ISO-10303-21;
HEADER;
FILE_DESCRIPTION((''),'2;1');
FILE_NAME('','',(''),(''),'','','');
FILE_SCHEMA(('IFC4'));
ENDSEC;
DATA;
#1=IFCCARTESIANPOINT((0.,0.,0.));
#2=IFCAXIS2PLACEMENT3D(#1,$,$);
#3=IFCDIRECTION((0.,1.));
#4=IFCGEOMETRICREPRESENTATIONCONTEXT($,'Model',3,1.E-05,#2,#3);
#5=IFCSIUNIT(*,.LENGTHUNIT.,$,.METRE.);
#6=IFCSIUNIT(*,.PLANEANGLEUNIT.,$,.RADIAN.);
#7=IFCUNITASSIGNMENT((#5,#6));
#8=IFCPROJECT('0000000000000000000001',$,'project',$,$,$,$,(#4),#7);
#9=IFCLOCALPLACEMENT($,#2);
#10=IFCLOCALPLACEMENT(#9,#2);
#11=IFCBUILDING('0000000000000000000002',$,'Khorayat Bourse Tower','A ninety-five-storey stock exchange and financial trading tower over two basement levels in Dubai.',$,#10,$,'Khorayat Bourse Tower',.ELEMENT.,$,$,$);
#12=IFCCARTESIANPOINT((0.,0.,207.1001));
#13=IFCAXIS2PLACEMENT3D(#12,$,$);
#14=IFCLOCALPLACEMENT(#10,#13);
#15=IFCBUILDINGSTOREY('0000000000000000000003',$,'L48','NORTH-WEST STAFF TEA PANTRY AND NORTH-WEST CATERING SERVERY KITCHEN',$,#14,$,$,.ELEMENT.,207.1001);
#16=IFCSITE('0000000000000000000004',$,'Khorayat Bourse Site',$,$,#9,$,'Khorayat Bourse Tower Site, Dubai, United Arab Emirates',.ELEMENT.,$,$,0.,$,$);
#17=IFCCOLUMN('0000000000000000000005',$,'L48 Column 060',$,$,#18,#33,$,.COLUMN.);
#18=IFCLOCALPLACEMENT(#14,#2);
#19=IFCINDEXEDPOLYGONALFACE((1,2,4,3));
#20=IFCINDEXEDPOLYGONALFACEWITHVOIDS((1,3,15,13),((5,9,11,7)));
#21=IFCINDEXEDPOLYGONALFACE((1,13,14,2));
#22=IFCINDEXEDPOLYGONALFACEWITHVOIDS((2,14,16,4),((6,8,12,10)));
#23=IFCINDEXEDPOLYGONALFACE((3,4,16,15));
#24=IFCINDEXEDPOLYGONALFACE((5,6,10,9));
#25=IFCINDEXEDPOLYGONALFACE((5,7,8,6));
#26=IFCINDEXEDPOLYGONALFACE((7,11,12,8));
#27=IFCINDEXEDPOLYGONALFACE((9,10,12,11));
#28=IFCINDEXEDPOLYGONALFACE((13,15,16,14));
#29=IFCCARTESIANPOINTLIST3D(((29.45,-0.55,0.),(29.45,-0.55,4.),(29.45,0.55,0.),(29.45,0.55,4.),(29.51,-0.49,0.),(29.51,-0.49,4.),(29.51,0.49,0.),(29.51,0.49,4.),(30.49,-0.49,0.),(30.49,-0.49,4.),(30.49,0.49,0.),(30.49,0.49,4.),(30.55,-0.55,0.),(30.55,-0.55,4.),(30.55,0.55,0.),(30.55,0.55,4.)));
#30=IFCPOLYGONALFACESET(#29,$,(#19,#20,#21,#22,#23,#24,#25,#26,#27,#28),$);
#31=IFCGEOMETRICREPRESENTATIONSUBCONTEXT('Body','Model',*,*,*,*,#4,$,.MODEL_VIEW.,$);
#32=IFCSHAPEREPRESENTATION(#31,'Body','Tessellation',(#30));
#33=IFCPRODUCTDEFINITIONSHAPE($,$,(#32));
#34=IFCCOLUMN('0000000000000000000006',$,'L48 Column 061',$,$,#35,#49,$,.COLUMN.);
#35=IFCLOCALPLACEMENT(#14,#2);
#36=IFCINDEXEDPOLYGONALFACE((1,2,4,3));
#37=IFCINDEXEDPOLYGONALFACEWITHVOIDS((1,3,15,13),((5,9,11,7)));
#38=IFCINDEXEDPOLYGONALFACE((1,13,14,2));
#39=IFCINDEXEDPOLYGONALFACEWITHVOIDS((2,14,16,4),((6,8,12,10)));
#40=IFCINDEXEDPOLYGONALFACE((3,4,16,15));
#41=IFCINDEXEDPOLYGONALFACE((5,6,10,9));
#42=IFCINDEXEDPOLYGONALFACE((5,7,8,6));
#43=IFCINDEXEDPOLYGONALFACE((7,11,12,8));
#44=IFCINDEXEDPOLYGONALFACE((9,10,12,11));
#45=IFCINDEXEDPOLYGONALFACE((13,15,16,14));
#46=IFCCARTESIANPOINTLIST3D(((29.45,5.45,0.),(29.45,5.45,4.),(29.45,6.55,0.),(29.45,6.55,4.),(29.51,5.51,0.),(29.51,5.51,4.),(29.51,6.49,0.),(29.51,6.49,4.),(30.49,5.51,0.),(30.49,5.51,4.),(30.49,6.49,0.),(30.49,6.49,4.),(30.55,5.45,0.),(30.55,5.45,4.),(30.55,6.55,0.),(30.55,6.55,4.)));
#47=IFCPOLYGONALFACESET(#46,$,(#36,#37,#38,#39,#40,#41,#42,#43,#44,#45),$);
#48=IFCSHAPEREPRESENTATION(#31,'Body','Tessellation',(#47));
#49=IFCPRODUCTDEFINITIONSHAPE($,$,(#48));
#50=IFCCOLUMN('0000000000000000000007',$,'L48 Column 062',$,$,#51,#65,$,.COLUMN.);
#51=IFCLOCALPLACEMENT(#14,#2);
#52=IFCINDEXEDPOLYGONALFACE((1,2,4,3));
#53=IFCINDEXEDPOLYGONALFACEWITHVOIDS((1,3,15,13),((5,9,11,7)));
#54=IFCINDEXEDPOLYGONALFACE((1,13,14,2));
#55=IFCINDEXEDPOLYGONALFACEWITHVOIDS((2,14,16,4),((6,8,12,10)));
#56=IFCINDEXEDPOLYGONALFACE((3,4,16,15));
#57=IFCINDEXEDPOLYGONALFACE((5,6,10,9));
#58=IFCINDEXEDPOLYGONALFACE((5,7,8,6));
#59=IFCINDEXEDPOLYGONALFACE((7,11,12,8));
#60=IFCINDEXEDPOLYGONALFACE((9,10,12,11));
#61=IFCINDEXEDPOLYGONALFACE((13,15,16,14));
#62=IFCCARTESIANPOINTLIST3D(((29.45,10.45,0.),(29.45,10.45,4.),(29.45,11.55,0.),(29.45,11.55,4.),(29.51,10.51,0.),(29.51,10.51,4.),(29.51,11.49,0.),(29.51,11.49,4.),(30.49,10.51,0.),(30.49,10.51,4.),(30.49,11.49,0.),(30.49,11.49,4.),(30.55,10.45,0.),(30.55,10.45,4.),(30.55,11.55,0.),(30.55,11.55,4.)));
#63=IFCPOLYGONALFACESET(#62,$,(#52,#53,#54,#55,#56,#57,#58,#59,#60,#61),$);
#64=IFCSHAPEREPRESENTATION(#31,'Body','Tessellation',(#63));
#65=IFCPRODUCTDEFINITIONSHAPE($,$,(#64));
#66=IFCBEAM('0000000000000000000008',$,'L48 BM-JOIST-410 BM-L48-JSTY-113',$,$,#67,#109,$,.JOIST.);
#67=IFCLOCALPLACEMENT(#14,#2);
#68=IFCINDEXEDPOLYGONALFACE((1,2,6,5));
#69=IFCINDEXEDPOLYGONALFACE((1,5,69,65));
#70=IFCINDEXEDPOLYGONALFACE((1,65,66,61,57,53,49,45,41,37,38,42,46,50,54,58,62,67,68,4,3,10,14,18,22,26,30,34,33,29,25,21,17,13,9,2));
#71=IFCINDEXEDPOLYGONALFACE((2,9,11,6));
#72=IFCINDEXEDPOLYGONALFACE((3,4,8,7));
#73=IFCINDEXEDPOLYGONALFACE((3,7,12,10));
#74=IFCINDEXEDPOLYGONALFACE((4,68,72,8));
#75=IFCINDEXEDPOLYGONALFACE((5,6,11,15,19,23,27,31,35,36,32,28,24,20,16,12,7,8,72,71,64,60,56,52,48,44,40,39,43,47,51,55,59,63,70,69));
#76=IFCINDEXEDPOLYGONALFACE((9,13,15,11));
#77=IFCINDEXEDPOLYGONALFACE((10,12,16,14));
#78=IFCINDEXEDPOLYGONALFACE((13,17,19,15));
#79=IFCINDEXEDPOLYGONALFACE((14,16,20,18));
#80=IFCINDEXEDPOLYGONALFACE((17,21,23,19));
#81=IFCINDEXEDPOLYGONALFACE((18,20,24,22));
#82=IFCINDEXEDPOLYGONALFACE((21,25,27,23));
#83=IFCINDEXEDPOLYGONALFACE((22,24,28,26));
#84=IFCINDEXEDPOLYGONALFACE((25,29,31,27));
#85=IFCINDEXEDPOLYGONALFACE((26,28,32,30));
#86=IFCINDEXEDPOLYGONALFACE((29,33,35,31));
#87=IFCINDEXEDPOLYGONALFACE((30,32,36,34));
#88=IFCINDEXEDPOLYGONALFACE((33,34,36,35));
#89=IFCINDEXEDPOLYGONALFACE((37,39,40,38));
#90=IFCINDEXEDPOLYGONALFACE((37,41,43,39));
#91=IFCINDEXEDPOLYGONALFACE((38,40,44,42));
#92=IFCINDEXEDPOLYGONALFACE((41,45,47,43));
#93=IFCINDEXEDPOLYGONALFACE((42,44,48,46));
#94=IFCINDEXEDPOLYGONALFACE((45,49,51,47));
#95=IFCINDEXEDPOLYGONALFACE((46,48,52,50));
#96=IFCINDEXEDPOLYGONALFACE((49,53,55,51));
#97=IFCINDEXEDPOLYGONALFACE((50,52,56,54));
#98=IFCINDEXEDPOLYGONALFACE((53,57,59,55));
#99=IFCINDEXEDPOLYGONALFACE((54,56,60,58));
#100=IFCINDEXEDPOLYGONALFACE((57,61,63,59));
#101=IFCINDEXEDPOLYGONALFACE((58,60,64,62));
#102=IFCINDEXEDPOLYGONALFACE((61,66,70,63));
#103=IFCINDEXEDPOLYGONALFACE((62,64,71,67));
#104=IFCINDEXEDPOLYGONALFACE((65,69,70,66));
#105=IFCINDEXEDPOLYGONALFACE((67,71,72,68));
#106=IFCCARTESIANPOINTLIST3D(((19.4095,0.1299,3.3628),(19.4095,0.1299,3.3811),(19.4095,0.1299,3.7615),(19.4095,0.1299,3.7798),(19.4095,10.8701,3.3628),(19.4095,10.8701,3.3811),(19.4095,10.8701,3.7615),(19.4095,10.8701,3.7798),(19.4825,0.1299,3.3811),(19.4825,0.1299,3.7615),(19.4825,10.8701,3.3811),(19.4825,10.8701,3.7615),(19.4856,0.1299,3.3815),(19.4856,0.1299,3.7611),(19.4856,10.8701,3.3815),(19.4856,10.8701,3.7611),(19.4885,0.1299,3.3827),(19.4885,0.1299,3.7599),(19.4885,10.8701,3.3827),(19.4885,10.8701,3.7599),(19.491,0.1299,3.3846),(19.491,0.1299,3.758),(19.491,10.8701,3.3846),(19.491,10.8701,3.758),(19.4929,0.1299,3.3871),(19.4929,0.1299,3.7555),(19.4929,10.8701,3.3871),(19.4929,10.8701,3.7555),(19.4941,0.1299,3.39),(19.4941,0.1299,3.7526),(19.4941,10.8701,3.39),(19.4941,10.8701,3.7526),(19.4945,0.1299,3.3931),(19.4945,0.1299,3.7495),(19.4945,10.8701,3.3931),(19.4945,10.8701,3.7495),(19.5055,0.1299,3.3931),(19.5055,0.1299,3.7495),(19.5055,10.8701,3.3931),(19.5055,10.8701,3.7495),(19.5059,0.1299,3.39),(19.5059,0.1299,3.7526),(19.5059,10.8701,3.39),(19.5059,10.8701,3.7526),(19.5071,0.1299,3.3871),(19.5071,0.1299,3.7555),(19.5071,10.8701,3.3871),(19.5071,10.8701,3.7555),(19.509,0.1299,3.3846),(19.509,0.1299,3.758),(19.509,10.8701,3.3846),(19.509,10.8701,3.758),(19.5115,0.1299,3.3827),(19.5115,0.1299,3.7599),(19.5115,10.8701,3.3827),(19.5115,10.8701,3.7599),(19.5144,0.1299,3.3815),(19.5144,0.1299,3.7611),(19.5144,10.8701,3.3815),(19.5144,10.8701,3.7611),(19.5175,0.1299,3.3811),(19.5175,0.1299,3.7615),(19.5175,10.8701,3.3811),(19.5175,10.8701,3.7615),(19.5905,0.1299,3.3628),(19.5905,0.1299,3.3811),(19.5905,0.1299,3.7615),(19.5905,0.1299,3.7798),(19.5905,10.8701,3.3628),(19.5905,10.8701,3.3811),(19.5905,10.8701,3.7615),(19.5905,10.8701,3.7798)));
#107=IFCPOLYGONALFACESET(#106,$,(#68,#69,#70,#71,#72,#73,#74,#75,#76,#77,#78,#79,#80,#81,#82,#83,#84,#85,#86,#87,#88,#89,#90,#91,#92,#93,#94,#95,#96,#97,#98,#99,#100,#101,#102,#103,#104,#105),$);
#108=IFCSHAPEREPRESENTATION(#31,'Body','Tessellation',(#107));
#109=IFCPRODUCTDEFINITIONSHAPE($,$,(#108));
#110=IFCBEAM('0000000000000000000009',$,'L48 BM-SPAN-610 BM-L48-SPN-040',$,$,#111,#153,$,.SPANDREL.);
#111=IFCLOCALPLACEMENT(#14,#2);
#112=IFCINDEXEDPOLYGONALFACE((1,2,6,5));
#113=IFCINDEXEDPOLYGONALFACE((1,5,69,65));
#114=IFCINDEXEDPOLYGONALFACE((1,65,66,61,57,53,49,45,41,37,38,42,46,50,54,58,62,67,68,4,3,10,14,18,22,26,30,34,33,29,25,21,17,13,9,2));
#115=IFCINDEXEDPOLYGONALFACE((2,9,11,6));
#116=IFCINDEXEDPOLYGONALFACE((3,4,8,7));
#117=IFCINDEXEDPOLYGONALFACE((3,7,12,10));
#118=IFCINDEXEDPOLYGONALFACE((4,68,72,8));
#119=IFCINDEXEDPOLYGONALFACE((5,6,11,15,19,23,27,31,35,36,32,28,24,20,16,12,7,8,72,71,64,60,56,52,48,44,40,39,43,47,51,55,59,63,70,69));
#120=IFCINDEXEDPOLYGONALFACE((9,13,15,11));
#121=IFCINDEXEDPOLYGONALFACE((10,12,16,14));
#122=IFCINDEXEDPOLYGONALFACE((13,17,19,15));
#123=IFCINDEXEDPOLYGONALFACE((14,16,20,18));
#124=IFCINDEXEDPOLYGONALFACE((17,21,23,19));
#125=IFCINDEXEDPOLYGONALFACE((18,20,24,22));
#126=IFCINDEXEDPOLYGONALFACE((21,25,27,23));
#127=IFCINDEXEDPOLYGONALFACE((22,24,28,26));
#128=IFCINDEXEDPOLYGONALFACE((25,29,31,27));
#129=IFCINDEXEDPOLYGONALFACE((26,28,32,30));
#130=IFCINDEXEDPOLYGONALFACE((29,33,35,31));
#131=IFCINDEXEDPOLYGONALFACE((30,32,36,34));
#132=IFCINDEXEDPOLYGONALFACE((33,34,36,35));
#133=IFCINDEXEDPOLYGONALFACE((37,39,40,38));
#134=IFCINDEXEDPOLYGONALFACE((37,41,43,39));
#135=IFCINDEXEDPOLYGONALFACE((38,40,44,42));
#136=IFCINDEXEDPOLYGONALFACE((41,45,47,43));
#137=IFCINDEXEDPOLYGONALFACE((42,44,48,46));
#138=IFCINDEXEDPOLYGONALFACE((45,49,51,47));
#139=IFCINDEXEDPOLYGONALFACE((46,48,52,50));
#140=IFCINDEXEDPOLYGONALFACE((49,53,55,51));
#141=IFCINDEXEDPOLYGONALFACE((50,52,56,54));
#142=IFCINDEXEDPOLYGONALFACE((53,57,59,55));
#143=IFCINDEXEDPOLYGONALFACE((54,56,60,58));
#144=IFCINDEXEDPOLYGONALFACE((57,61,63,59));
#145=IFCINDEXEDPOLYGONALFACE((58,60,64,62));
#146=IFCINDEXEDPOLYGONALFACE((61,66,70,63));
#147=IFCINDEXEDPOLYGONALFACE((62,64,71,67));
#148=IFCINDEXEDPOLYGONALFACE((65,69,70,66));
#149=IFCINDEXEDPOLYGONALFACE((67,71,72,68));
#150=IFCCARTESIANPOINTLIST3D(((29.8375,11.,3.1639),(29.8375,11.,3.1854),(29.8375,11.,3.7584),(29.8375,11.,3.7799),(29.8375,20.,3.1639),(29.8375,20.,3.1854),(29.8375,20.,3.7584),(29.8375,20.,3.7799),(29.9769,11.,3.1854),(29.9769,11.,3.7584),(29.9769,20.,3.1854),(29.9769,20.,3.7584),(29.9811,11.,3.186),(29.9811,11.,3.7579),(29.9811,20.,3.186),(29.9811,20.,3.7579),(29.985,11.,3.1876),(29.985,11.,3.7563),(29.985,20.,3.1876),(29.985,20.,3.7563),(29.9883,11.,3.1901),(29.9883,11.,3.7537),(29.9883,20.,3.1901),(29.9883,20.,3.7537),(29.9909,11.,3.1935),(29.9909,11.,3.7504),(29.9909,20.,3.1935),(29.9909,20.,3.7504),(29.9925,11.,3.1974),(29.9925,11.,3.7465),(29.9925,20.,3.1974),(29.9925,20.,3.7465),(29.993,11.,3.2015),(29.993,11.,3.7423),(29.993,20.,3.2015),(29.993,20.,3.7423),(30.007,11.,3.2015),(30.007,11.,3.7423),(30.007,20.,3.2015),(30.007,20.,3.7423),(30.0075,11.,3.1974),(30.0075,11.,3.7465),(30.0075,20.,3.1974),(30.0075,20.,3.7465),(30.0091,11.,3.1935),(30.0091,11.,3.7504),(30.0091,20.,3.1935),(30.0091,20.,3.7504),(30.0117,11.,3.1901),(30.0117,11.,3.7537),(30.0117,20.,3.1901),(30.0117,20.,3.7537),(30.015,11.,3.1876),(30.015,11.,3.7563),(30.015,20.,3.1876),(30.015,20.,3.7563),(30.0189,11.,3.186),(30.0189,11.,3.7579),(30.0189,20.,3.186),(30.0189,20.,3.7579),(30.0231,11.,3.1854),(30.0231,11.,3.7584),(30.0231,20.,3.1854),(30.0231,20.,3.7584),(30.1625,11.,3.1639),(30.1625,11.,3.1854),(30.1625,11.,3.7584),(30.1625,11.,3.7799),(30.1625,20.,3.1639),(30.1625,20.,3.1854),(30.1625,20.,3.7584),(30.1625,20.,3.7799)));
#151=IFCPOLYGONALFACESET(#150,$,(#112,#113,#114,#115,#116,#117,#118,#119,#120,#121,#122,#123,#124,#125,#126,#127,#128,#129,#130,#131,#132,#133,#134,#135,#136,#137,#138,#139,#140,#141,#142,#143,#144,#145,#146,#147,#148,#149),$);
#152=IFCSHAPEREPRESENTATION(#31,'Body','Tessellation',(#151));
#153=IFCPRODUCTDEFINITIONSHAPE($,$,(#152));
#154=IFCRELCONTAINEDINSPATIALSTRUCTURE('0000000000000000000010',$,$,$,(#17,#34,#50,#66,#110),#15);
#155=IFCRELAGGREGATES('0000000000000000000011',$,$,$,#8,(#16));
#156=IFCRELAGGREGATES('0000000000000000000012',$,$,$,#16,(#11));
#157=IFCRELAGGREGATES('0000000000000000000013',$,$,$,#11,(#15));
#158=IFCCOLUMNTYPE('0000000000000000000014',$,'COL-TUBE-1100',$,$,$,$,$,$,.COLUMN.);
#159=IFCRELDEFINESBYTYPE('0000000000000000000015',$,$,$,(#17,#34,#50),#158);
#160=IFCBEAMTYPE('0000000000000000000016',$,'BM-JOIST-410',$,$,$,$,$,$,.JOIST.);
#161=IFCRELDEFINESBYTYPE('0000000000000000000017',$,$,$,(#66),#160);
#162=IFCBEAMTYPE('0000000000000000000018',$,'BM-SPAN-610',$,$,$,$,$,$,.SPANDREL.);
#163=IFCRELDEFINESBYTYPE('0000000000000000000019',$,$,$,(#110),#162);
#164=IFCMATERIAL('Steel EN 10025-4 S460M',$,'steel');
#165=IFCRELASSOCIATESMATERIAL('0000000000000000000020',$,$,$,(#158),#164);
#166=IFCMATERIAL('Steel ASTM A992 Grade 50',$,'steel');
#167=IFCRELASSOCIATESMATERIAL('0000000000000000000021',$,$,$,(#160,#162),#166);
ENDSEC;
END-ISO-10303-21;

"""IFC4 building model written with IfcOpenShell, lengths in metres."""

from ifc_helpers import new_model, si_unit, direction, frame, origin, origin_2d, place, context, subcontext, project, spatial, hollow_rectangle, i_section, extrude, source, transform, mapped, material, material_profile, profile_set, type_object, element, save


model = new_model("IFC4")

# Units and contexts
model_context = context("Model", 3, precision=1e-05, world=origin(), true_north=direction((0.0, 1.0)))
body_context = subcontext(model_context, "Body", "Model", "MODEL_VIEW")
ifc_project = project(units=[si_unit("LENGTHUNIT", "METRE"), si_unit("PLANEANGLEUNIT", "RADIAN")], contexts=[model_context])

# Site, building, storey
site_placement = place(None, origin())
site = spatial("IfcSite", under=ifc_project, at=site_placement, Name="Khorayat Bourse Site", LongName="Khorayat Bourse Tower Site, Dubai, United Arab Emirates", CompositionType="ELEMENT", RefElevation=0.0)
building_placement = place(site_placement, origin())
building = spatial("IfcBuilding", under=site, at=building_placement, Name="Khorayat Bourse Tower", Description="A ninety-five-storey stock exchange and financial trading tower over two basement levels in Dubai.", LongName="Khorayat Bourse Tower", CompositionType="ELEMENT")
storey_placement = place(building_placement, frame((0.0, 0.0, 207.1001)))
storey = spatial("IfcBuildingStorey", under=building, at=storey_placement, Name="L48", Description="NORTH-WEST STAFF TEA PANTRY AND NORTH-WEST CATERING SERVERY KITCHEN", CompositionType="ELEMENT", Elevation=207.1001)

# Columns
ifc_material_1 = material(Name="Steel EN 10025-4 S460M", Category="steel")
ifc_material_profile_1 = material_profile(ifc_material_1, hollow_rectangle(XDim=1.1001, YDim=1.1001, WallThickness=0.0601, at=origin_2d()), Name="BOX 1100x1100x60")
ifc_profile_set_1 = profile_set([ifc_material_profile_1], Name="Steel EN 10025-4 S460M")
column_type = type_object("IfcColumnType", Name="COL-TUBE-1100", PredefinedType="COLUMN", material=ifc_profile_set_1)
shared_shape_1 = source(origin(), body_context, "Body", "SweptSolid", [
    extrude(hollow_rectangle(XDim=1.1001, YDim=1.1001, WallThickness=0.0601, at=origin_2d()), origin(), (0.0, 0.0, 1.0), 4.0),
])
for number, where, z_axis, x_axis, name in (
    (1, (30.0, 0.0, 0.0), (0.0, 0.0, 1.0), (1.0, 0.0, 0.0), "L48 Column 060"),
    (2, (30.0, 6.0, 0.0), (0.0, 0.0, 1.0), (1.0, 0.0, 0.0), "L48 Column 061"),
    (3, (30.0, 11.0, 0.0), (0.0, 0.0, 1.0), (1.0, 0.0, 0.0), "L48 Column 062"),
):
    element("IfcColumn", number, at=place(storey_placement, frame(where, z_axis=z_axis, x_axis=x_axis)), inside=storey, type_object=column_type, Name=name, PredefinedType="COLUMN", context=body_context, shape_type="MappedRepresentation", body=[
        mapped(shared_shape_1, transform((0.0, 0.0, 0.0), scale=1.0)),
    ])

# Beams
ifc_material_2 = material(Name="Steel ASTM A992 Grade 50", Category="steel")
ifc_material_profile_2 = material_profile(ifc_material_2, i_section(OverallWidth=0.1809, OverallDepth=0.417, WebThickness=0.011, FlangeThickness=0.0183, FilletRadius=0.012, at=origin_2d()), Name="W410X85")
ifc_profile_set_2 = profile_set([ifc_material_profile_2], Name="Steel ASTM A992 Grade 50")
beam_type_1 = type_object("IfcBeamType", Name="BM-JOIST-410", PredefinedType="JOIST", material=ifc_profile_set_2)
shared_shape_2 = source(origin(), body_context, "Body", "SweptSolid", [
    extrude(i_section(OverallWidth=0.1809, OverallDepth=0.417, WebThickness=0.011, FlangeThickness=0.0183, FilletRadius=0.012, at=origin_2d()), origin(), (0.0, 0.0, 1.0), 10.7402),
])
beam_1_placement = place(storey_placement, frame((19.5, 0.1299, 3.5713), z_axis=(0.0, 1.0, 0.0), x_axis=(-1.0, 0.0, 0.0)))
element("IfcBeam", 4, at=beam_1_placement, inside=storey, type_object=beam_type_1, Name="L48 BM-JOIST-410 BM-L48-JSTY-113", PredefinedType="JOIST", context=body_context, shape_type="MappedRepresentation", body=[
    mapped(shared_shape_2, transform((0.0, 0.0, 0.0), scale=1.0)),
])
ifc_material_profile_3 = material_profile(ifc_material_2, i_section(OverallWidth=0.325, OverallDepth=0.616, WebThickness=0.0139, FlangeThickness=0.0215, FilletRadius=0.0161, at=origin_2d()), Name="W610X174")
ifc_profile_set_3 = profile_set([ifc_material_profile_3], Name="Steel ASTM A992 Grade 50")
beam_type_2 = type_object("IfcBeamType", Name="BM-SPAN-610", PredefinedType="SPANDREL", material=ifc_profile_set_3)
shared_shape_3 = source(origin(), body_context, "Body", "SweptSolid", [
    extrude(i_section(OverallWidth=0.325, OverallDepth=0.616, WebThickness=0.0139, FlangeThickness=0.0215, FilletRadius=0.0161, at=origin_2d()), origin(), (0.0, 0.0, 1.0), 9.0),
])
beam_2_placement = place(storey_placement, frame((30.0, 11.0, 3.4719), z_axis=(0.0, 1.0, 0.0), x_axis=(-1.0, 0.0, 0.0)))
element("IfcBeam", 5, at=beam_2_placement, inside=storey, type_object=beam_type_2, Name="L48 BM-SPAN-610 BM-L48-SPN-040", PredefinedType="SPANDREL", context=body_context, shape_type="MappedRepresentation", body=[
    mapped(shared_shape_3, transform((0.0, 0.0, 0.0), scale=1.0)),
])

save(model, "model.ifc")
